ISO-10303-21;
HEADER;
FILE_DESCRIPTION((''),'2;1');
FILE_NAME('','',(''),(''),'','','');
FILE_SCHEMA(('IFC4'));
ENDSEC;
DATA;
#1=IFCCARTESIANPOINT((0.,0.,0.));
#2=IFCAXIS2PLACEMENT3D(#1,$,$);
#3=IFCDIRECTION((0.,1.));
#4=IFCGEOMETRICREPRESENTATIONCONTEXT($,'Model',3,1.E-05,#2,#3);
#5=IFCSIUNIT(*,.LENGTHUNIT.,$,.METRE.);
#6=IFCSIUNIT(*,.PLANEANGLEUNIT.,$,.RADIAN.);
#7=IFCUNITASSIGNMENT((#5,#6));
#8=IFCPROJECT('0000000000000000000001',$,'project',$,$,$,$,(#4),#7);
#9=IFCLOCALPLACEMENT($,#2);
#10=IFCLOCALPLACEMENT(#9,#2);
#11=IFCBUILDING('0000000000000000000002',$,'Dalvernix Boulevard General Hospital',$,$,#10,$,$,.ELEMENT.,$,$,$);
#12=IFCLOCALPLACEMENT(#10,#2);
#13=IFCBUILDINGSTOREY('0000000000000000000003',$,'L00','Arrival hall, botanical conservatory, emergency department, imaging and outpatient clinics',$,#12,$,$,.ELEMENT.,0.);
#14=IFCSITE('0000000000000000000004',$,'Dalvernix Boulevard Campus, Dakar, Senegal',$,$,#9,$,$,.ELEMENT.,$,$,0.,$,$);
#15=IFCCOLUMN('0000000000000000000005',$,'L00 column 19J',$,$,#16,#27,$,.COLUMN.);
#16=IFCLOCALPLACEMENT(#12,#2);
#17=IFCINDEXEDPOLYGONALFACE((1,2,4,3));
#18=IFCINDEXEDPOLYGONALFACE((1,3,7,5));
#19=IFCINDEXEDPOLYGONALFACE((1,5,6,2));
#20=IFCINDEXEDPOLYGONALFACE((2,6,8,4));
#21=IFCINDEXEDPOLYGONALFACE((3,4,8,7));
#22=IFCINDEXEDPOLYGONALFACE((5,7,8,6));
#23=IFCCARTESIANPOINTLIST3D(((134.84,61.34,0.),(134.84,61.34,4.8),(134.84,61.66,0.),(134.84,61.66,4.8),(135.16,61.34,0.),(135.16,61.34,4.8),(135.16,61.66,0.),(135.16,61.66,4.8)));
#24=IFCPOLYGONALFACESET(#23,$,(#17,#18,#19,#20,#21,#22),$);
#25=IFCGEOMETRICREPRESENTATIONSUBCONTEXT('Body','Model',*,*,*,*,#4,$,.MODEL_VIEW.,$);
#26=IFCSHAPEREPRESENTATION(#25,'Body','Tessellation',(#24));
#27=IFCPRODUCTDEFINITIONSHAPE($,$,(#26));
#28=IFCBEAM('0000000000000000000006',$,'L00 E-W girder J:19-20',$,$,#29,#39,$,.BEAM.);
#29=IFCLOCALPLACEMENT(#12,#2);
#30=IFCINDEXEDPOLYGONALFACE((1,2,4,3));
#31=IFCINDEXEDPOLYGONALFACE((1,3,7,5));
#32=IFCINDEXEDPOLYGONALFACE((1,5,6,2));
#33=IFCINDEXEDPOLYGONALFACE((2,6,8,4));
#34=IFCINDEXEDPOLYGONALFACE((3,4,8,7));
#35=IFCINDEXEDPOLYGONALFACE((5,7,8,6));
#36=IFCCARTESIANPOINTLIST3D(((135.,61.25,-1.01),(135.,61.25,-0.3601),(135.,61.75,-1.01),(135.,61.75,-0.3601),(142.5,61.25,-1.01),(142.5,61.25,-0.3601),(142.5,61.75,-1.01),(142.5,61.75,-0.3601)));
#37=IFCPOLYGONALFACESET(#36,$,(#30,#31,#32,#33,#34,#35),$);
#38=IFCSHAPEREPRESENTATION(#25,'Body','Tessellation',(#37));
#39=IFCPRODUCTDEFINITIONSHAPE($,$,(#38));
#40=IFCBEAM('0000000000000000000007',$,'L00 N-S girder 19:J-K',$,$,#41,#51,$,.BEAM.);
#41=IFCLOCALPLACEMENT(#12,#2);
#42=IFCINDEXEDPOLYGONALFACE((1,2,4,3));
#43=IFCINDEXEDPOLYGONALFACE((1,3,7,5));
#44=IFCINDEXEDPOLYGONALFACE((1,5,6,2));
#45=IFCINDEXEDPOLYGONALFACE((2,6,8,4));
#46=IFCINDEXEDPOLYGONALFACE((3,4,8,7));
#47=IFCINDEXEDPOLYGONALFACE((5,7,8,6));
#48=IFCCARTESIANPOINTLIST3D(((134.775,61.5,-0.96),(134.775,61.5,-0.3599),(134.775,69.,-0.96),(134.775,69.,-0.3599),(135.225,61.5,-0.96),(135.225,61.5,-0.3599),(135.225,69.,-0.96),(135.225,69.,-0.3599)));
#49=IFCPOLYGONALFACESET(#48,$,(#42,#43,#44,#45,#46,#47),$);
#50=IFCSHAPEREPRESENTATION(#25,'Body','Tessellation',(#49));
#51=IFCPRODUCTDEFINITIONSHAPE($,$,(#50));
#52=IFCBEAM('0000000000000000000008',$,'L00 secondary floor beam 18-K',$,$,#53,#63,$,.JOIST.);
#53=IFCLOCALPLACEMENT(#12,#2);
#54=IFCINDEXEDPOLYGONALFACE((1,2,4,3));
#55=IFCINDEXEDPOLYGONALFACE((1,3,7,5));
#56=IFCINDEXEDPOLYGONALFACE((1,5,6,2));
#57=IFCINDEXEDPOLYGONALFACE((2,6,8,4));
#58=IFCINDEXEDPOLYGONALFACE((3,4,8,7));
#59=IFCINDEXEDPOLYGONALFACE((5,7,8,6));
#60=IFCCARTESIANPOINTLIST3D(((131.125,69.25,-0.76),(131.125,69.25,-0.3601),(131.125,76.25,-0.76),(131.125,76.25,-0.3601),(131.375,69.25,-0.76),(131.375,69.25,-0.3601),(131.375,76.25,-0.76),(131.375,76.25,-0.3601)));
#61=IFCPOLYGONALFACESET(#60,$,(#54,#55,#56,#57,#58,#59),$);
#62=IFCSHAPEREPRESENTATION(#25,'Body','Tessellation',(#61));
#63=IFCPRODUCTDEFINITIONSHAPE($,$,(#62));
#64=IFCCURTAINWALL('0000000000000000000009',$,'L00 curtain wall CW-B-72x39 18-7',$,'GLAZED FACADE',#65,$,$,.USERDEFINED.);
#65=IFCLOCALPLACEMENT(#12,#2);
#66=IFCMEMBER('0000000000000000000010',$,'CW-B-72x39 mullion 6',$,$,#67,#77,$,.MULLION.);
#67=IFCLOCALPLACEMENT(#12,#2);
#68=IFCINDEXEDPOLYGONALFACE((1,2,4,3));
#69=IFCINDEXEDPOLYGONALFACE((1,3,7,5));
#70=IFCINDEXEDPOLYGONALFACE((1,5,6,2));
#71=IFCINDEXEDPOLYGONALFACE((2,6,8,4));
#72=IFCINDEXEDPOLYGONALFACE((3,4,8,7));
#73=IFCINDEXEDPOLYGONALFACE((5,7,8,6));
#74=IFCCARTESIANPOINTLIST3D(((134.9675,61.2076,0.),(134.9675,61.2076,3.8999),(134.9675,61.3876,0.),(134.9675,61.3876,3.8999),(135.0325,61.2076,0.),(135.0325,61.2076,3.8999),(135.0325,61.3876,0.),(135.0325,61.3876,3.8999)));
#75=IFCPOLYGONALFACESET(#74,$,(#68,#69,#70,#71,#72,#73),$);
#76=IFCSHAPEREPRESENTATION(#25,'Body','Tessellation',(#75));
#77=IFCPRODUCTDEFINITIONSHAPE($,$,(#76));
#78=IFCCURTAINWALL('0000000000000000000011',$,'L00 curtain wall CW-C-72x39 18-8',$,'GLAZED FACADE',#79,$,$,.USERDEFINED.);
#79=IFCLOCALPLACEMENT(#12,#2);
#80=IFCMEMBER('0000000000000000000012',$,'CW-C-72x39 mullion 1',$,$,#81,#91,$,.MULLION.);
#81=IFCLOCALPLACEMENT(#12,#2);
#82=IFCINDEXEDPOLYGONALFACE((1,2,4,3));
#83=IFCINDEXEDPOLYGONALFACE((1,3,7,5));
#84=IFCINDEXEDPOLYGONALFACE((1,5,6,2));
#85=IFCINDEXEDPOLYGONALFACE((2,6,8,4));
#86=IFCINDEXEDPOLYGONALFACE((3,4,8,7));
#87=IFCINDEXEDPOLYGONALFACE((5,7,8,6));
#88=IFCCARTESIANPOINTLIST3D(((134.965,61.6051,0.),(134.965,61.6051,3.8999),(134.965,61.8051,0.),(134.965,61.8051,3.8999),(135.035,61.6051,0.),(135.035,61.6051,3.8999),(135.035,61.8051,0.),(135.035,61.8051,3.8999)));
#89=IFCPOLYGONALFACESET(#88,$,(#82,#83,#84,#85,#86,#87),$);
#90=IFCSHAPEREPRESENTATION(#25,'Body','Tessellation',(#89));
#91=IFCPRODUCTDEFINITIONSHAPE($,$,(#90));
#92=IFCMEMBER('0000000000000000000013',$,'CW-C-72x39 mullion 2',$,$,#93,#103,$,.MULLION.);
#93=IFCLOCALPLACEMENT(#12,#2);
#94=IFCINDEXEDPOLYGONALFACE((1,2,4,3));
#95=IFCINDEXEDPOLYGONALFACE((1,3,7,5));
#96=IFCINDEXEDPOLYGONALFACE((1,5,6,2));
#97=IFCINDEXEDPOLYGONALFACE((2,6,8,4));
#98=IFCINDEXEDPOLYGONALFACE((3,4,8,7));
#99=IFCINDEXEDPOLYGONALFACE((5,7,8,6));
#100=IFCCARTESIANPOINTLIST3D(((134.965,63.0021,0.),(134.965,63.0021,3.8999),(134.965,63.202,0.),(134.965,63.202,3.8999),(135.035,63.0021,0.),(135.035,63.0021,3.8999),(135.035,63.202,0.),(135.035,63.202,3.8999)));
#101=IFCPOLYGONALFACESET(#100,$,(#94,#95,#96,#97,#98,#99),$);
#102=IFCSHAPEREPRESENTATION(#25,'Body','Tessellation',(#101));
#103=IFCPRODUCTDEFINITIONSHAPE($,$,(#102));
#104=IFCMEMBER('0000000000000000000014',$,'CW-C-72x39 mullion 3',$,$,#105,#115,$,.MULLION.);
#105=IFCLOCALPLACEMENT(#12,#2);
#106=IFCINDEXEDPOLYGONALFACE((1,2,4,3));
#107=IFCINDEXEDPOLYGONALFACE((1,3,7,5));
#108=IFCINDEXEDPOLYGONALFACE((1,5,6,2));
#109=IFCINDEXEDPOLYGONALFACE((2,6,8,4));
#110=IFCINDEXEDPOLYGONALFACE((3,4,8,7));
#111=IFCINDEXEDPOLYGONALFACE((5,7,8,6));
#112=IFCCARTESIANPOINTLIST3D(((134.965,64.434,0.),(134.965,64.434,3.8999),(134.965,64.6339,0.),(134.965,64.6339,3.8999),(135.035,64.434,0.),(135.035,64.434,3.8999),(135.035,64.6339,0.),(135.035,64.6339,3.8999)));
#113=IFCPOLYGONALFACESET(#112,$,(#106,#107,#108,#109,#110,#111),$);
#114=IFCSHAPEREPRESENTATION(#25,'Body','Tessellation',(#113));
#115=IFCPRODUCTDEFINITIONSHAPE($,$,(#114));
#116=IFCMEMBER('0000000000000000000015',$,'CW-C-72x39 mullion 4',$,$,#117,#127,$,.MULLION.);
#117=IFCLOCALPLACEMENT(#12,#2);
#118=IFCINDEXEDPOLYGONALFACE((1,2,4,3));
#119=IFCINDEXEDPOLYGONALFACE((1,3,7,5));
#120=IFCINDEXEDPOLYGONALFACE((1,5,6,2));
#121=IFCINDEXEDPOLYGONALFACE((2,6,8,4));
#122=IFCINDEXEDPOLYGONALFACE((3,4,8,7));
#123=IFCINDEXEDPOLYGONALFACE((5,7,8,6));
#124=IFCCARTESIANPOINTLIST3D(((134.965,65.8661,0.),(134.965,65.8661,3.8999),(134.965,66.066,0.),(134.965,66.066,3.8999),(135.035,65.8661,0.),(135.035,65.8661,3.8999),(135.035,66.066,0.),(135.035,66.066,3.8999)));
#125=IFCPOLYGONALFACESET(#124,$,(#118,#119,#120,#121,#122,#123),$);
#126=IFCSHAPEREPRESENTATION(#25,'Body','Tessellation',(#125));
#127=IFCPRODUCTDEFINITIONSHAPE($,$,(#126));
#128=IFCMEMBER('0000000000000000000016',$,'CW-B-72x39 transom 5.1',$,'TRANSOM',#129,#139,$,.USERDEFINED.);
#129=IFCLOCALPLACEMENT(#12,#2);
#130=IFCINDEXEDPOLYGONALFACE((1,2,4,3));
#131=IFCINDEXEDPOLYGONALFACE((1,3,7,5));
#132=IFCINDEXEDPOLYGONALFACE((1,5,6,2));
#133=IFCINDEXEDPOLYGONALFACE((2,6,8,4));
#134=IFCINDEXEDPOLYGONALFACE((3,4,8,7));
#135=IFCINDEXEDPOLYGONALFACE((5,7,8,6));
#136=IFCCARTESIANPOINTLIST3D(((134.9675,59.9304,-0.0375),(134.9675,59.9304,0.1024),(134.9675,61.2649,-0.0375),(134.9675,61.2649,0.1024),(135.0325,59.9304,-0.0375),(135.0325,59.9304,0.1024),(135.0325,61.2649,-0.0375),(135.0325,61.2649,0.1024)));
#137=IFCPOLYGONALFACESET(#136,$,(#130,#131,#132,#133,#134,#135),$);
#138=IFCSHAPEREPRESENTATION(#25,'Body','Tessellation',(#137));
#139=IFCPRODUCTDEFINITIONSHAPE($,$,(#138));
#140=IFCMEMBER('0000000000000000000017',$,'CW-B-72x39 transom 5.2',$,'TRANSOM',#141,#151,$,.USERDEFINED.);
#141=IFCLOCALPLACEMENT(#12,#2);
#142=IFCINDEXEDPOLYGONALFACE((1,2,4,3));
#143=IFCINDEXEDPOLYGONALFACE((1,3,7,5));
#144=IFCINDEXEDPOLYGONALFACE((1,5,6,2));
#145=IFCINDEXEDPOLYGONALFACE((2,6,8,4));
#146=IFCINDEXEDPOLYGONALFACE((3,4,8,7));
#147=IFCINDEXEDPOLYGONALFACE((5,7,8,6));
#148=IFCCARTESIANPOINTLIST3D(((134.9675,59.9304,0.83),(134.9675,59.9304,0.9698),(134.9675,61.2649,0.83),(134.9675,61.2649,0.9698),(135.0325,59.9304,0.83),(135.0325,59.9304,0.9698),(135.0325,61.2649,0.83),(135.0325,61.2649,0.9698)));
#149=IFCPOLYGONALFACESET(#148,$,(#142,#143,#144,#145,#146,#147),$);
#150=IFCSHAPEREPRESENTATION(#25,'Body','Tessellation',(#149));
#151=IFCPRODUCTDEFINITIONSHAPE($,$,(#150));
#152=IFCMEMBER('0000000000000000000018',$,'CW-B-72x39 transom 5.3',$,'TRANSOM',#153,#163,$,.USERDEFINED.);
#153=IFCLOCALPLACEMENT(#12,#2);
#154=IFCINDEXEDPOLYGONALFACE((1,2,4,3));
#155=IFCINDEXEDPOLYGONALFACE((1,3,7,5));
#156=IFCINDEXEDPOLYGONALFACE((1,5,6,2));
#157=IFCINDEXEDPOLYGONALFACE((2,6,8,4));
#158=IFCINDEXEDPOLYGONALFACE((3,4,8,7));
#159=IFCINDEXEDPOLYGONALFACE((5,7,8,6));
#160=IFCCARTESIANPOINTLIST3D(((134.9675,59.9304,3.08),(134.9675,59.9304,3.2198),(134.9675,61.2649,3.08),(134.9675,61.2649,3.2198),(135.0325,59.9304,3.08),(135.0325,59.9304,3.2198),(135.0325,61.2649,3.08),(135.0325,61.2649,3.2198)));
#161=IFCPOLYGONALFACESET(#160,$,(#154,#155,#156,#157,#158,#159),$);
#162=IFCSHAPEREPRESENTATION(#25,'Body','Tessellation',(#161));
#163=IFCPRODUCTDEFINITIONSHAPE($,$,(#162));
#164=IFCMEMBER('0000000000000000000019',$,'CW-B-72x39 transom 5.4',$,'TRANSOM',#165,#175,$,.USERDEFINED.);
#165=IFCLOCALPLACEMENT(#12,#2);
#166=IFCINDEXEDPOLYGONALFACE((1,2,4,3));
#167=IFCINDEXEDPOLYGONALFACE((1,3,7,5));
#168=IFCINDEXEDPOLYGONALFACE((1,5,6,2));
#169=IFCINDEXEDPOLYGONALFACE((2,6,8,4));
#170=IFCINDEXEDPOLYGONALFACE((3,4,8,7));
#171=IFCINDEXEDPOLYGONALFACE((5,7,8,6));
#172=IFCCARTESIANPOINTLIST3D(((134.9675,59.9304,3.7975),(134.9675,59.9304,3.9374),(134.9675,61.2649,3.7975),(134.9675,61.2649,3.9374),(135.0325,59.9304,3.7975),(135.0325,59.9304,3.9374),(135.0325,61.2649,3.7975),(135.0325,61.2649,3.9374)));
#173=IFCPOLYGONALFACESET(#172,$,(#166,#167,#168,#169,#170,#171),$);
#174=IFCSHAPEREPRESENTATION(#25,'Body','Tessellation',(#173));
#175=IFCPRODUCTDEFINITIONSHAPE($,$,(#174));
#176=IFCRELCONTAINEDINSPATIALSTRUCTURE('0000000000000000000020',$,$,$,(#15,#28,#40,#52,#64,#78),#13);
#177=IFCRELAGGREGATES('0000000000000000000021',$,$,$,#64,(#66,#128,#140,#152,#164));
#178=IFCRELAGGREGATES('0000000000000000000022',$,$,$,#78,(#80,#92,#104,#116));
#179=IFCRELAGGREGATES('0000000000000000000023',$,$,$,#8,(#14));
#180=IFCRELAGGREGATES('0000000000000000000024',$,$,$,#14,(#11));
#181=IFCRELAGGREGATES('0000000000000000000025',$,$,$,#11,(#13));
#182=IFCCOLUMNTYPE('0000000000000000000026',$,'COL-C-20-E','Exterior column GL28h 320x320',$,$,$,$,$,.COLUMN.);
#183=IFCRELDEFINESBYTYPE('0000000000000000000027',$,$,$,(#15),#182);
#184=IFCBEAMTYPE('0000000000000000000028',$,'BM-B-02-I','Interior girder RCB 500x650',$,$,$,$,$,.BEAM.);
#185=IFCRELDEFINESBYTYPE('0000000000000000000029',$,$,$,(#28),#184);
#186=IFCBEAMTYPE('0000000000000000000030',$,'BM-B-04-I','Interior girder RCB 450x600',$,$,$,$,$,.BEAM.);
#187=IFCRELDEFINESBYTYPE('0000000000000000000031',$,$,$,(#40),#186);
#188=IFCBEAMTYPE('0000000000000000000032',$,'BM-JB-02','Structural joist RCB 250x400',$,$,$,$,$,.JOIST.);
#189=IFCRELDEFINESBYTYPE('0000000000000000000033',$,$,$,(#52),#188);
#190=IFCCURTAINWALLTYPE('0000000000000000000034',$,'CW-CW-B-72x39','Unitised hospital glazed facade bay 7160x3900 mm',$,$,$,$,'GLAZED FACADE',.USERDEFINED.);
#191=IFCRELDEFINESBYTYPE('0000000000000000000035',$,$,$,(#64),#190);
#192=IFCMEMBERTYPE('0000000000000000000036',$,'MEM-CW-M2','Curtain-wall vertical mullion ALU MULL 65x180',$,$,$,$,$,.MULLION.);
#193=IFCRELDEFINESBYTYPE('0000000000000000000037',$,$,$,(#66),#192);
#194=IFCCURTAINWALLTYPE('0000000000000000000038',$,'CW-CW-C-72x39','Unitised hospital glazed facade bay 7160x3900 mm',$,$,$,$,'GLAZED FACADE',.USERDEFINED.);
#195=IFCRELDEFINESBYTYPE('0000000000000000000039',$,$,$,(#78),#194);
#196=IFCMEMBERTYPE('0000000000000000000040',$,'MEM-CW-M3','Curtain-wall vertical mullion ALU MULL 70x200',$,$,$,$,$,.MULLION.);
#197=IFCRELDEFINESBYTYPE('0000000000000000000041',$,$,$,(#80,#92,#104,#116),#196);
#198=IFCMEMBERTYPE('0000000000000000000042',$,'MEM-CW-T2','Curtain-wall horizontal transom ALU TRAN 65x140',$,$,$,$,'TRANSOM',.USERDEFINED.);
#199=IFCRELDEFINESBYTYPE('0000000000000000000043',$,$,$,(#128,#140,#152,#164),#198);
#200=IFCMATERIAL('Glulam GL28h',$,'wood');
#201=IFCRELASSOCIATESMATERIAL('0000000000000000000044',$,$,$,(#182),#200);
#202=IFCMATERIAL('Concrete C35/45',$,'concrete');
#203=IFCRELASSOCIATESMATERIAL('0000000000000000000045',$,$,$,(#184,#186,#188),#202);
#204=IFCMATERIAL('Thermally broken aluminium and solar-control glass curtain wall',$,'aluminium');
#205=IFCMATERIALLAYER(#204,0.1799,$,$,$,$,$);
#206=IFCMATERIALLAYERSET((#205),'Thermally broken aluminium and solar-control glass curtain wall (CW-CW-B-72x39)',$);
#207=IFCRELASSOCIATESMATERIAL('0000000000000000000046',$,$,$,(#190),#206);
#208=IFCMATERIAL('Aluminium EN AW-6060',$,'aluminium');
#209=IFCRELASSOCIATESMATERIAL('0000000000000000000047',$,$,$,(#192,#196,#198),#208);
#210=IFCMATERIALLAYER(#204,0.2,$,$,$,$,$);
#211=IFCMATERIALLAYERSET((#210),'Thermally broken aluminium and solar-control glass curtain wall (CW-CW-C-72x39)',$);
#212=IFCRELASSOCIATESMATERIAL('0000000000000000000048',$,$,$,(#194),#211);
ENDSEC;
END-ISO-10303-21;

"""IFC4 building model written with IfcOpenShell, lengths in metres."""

from ifc_helpers import new_model, si_unit, direction, frame, origin, origin_2d, place, context, subcontext, project, spatial, rectangle, extrude, material, layer, layer_set, material_profile, profile_set, type_object, element, aggregate, save


model = new_model("IFC4")

# Units and contexts
model_context = context("Model", 3, precision=1e-05, world=origin(), true_north=direction((0.0, 1.0)))
body_context = subcontext(model_context, "Body", "Model", "MODEL_VIEW")
ifc_project = project(units=[si_unit("LENGTHUNIT", "METRE"), si_unit("PLANEANGLEUNIT", "RADIAN")], contexts=[model_context])

# Site, building, storey
site_placement = place(None, origin())
site = spatial("IfcSite", under=ifc_project, at=site_placement, Name="Dalvernix Boulevard Campus, Dakar, Senegal", CompositionType="ELEMENT", RefElevation=0.0)
building_placement = place(site_placement, origin())
building = spatial("IfcBuilding", under=site, at=building_placement, Name="Dalvernix Boulevard General Hospital", CompositionType="ELEMENT")
storey_placement = place(building_placement, origin())
storey = spatial("IfcBuildingStorey", under=building, at=storey_placement, Name="L00", Description="Arrival hall, botanical conservatory, emergency department, imaging and outpatient clinics", CompositionType="ELEMENT", Elevation=0.0)

# Column
ifc_material_1 = material(Name="Glulam GL28h", Category="wood")
ifc_material_profile_1 = material_profile(ifc_material_1, rectangle(XDim=0.3201, YDim=0.3201, at=origin_2d()), Name="GL28h 320x320")
ifc_profile_set_1 = profile_set([ifc_material_profile_1], Name="Glulam GL28h")
column_type = type_object("IfcColumnType", Name="COL-C-20-E", Description="Exterior column GL28h 320x320", PredefinedType="COLUMN", material=ifc_profile_set_1)
column_placement = place(storey_placement, frame((135.0, 61.5, 0.0), z_axis=(0.0, 0.0, 1.0), x_axis=(1.0, 0.0, 0.0)))
element("IfcColumn", 1, at=column_placement, inside=storey, type_object=column_type, Name="L00 column 19J", PredefinedType="COLUMN", context=body_context, shape_type="SweptSolid", body=[
    extrude(rectangle(XDim=0.3201, YDim=0.3201, at=origin_2d()), origin(), (0.0, 0.0, 1.0), 4.8),
])

# Beams
ifc_material_2 = material(Name="Concrete C35/45", Category="concrete")
ifc_material_profile_2 = material_profile(ifc_material_2, rectangle(XDim=0.5, YDim=0.6499, at=origin_2d()), Name="RCB 500x650")
ifc_profile_set_2 = profile_set([ifc_material_profile_2], Name="Concrete C35/45")
beam_type_1 = type_object("IfcBeamType", Name="BM-B-02-I", Description="Interior girder RCB 500x650", PredefinedType="BEAM", material=ifc_profile_set_2)
beam_1_placement = place(storey_placement, frame((135.0, 61.5, -0.6851), z_axis=(1.0, 0.0, 0.0), x_axis=(0.0, 1.0, 0.0)))
element("IfcBeam", 2, at=beam_1_placement, inside=storey, type_object=beam_type_1, Name="L00 E-W girder J:19-20", PredefinedType="BEAM", context=body_context, shape_type="SweptSolid", body=[
    extrude(rectangle(XDim=0.5, YDim=0.6499, at=origin_2d()), origin(), (0.0, 0.0, 1.0), 7.5),
])
ifc_material_profile_3 = material_profile(ifc_material_2, rectangle(XDim=0.45, YDim=0.6001, at=origin_2d()), Name="RCB 450x600")
ifc_profile_set_3 = profile_set([ifc_material_profile_3], Name="Concrete C35/45")
beam_type_2 = type_object("IfcBeamType", Name="BM-B-04-I", Description="Interior girder RCB 450x600", PredefinedType="BEAM", material=ifc_profile_set_3)
beam_2_placement = place(storey_placement, frame((135.0, 61.5, -0.6599), z_axis=(0.0, 1.0, 0.0), x_axis=(-1.0, 0.0, 0.0)))
element("IfcBeam", 3, at=beam_2_placement, inside=storey, type_object=beam_type_2, Name="L00 N-S girder 19:J-K", PredefinedType="BEAM", context=body_context, shape_type="SweptSolid", body=[
    extrude(rectangle(XDim=0.45, YDim=0.6001, at=origin_2d()), origin(), (0.0, 0.0, 1.0), 7.5),
])
ifc_material_profile_4 = material_profile(ifc_material_2, rectangle(XDim=0.25, YDim=0.3999, at=origin_2d()), Name="RCB 250x400")
ifc_profile_set_4 = profile_set([ifc_material_profile_4], Name="Concrete C35/45")
beam_type_3 = type_object("IfcBeamType", Name="BM-JB-02", Description="Structural joist RCB 250x400", PredefinedType="JOIST", material=ifc_profile_set_4)
beam_3_placement = place(storey_placement, frame((131.25, 69.25, -0.5601), z_axis=(0.0, 1.0, 0.0), x_axis=(-1.0, 0.0, 0.0)))
element("IfcBeam", 4, at=beam_3_placement, inside=storey, type_object=beam_type_3, Name="L00 secondary floor beam 18-K", PredefinedType="JOIST", context=body_context, shape_type="SweptSolid", body=[
    extrude(rectangle(XDim=0.25, YDim=0.3999, at=origin_2d()), origin(), (0.0, 0.0, 1.0), 7.0),
])

# Curtain wall, member
ifc_material_3 = material(Name="Thermally broken aluminium and solar-control glass curtain wall", Category="aluminium")
ifc_layer_1 = layer(ifc_material_3, 0.1799)
ifc_layer_set_1 = layer_set([ifc_layer_1], Name="Thermally broken aluminium and solar-control glass curtain wall (CW-CW-B-72x39)")
curtain_wall_type_1 = type_object("IfcCurtainWallType", Name="CW-CW-B-72x39", Description="Unitised hospital glazed facade bay 7160x3900 mm", ElementType="GLAZED FACADE", PredefinedType="USERDEFINED", material=ifc_layer_set_1)
curtain_wall_1_placement = place(storey_placement, origin())
curtain_wall_1 = element("IfcCurtainWall", 5, at=curtain_wall_1_placement, inside=storey, type_object=curtain_wall_type_1, Name="L00 curtain wall CW-B-72x39 18-7", ObjectType="GLAZED FACADE", PredefinedType="USERDEFINED")
ifc_material_4 = material(Name="Aluminium EN AW-6060", Category="aluminium")
ifc_material_profile_5 = material_profile(ifc_material_4, rectangle(XDim=0.0649, YDim=0.1799, at=origin_2d()), Name="ALU MULL 65x180")
ifc_profile_set_5 = profile_set([ifc_material_profile_5], Name="Aluminium EN AW-6060")
member_type_1 = type_object("IfcMemberType", Name="MEM-CW-M2", Description="Curtain-wall vertical mullion ALU MULL 65x180", PredefinedType="MULLION", material=ifc_profile_set_5)
member_1_placement = place(storey_placement, frame((135.0, 61.2976, 0.0), z_axis=(0.0, 0.0, 1.0), x_axis=(-1.0, 0.0, 0.0)))
member_1 = element("IfcMember", 6, at=member_1_placement, type_object=member_type_1, Name="CW-B-72x39 mullion 6", PredefinedType="MULLION", context=body_context, shape_type="SweptSolid", body=[
    extrude(rectangle(XDim=0.0649, YDim=0.1799, at=origin_2d()), origin(), (0.0, 0.0, 1.0), 3.8999),
])

# Curtain wall, members
ifc_layer_2 = layer(ifc_material_3, 0.2)
ifc_layer_set_2 = layer_set([ifc_layer_2], Name="Thermally broken aluminium and solar-control glass curtain wall (CW-CW-C-72x39)")
curtain_wall_type_2 = type_object("IfcCurtainWallType", Name="CW-CW-C-72x39", Description="Unitised hospital glazed facade bay 7160x3900 mm", ElementType="GLAZED FACADE", PredefinedType="USERDEFINED", material=ifc_layer_set_2)
curtain_wall_2_placement = place(storey_placement, origin())
curtain_wall_2 = element("IfcCurtainWall", 7, at=curtain_wall_2_placement, inside=storey, type_object=curtain_wall_type_2, Name="L00 curtain wall CW-C-72x39 18-8", ObjectType="GLAZED FACADE", PredefinedType="USERDEFINED")
ifc_material_profile_6 = material_profile(ifc_material_4, rectangle(XDim=0.0701, YDim=0.2, at=origin_2d()), Name="ALU MULL 70x200")
ifc_profile_set_6 = profile_set([ifc_material_profile_6], Name="Aluminium EN AW-6060")
member_type_2 = type_object("IfcMemberType", Name="MEM-CW-M3", Description="Curtain-wall vertical mullion ALU MULL 70x200", PredefinedType="MULLION", material=ifc_profile_set_6)
member_2_placement = place(storey_placement, frame((135.0, 61.7051, 0.0), z_axis=(0.0, 0.0, 1.0), x_axis=(-1.0, 0.0, 0.0)))
member_2 = element("IfcMember", 8, at=member_2_placement, type_object=member_type_2, Name="CW-C-72x39 mullion 1", PredefinedType="MULLION", context=body_context, shape_type="SweptSolid", body=[
    extrude(rectangle(XDim=0.0701, YDim=0.2, at=origin_2d()), origin(), (0.0, 0.0, 1.0), 3.8999),
])
member_3_placement = place(storey_placement, frame((135.0, 63.1021, 0.0), z_axis=(0.0, 0.0, 1.0), x_axis=(-1.0, 0.0, 0.0)))
member_3 = element("IfcMember", 9, at=member_3_placement, type_object=member_type_2, Name="CW-C-72x39 mullion 2", PredefinedType="MULLION", context=body_context, shape_type="SweptSolid", body=[
    extrude(rectangle(XDim=0.0701, YDim=0.2, at=origin_2d()), origin(), (0.0, 0.0, 1.0), 3.8999),
])
member_4_placement = place(storey_placement, frame((135.0, 64.5339, 0.0), z_axis=(0.0, 0.0, 1.0), x_axis=(-1.0, 0.0, 0.0)))
member_4 = element("IfcMember", 10, at=member_4_placement, type_object=member_type_2, Name="CW-C-72x39 mullion 3", PredefinedType="MULLION", context=body_context, shape_type="SweptSolid", body=[
    extrude(rectangle(XDim=0.0701, YDim=0.2, at=origin_2d()), origin(), (0.0, 0.0, 1.0), 3.8999),
])
member_5_placement = place(storey_placement, frame((135.0, 65.9661, 0.0), z_axis=(0.0, 0.0, 1.0), x_axis=(-1.0, 0.0, 0.0)))
member_5 = element("IfcMember", 11, at=member_5_placement, type_object=member_type_2, Name="CW-C-72x39 mullion 4", PredefinedType="MULLION", context=body_context, shape_type="SweptSolid", body=[
    extrude(rectangle(XDim=0.0701, YDim=0.2, at=origin_2d()), origin(), (0.0, 0.0, 1.0), 3.8999),
])

# Members
ifc_material_profile_7 = material_profile(ifc_material_4, rectangle(XDim=0.0649, YDim=0.1399, at=origin_2d()), Name="ALU TRAN 65x140")
ifc_profile_set_7 = profile_set([ifc_material_profile_7], Name="Aluminium EN AW-6060")
member_type_3 = type_object("IfcMemberType", Name="MEM-CW-T2", Description="Curtain-wall horizontal transom ALU TRAN 65x140", ElementType="TRANSOM", PredefinedType="USERDEFINED", material=ifc_profile_set_7)
member_6_placement = place(storey_placement, frame((135.0, 59.9304, 0.0325), z_axis=(0.0, 1.0, 0.0), x_axis=(-1.0, 0.0, 0.0)))
member_6 = element("IfcMember", 12, at=member_6_placement, type_object=member_type_3, Name="CW-B-72x39 transom 5.1", ObjectType="TRANSOM", PredefinedType="USERDEFINED", context=body_context, shape_type="SweptSolid", body=[
    extrude(rectangle(XDim=0.0649, YDim=0.1399, at=origin_2d()), origin(), (0.0, 0.0, 1.0), 1.3345),
])
member_7_placement = place(storey_placement, frame((135.0, 59.9304, 0.8999), z_axis=(0.0, 1.0, 0.0), x_axis=(-1.0, 0.0, 0.0)))
member_7 = element("IfcMember", 13, at=member_7_placement, type_object=member_type_3, Name="CW-B-72x39 transom 5.2", ObjectType="TRANSOM", PredefinedType="USERDEFINED", context=body_context, shape_type="SweptSolid", body=[
    extrude(rectangle(XDim=0.0649, YDim=0.1399, at=origin_2d()), origin(), (0.0, 0.0, 1.0), 1.3345),
])
member_8_placement = place(storey_placement, frame((135.0, 59.9304, 3.1499), z_axis=(0.0, 1.0, 0.0), x_axis=(-1.0, 0.0, 0.0)))
member_8 = element("IfcMember", 14, at=member_8_placement, type_object=member_type_3, Name="CW-B-72x39 transom 5.3", ObjectType="TRANSOM", PredefinedType="USERDEFINED", context=body_context, shape_type="SweptSolid", body=[
    extrude(rectangle(XDim=0.0649, YDim=0.1399, at=origin_2d()), origin(), (0.0, 0.0, 1.0), 1.3345),
])
member_9_placement = place(storey_placement, frame((135.0, 59.9304, 3.8674), z_axis=(0.0, 1.0, 0.0), x_axis=(-1.0, 0.0, 0.0)))
member_9 = element("IfcMember", 15, at=member_9_placement, type_object=member_type_3, Name="CW-B-72x39 transom 5.4", ObjectType="TRANSOM", PredefinedType="USERDEFINED", context=body_context, shape_type="SweptSolid", body=[
    extrude(rectangle(XDim=0.0649, YDim=0.1399, at=origin_2d()), origin(), (0.0, 0.0, 1.0), 1.3345),
])

aggregate(curtain_wall_1, [member_1, member_6, member_7, member_8, member_9])
aggregate(curtain_wall_2, [member_2, member_3, member_4, member_5])

save(model, "model.ifc")
